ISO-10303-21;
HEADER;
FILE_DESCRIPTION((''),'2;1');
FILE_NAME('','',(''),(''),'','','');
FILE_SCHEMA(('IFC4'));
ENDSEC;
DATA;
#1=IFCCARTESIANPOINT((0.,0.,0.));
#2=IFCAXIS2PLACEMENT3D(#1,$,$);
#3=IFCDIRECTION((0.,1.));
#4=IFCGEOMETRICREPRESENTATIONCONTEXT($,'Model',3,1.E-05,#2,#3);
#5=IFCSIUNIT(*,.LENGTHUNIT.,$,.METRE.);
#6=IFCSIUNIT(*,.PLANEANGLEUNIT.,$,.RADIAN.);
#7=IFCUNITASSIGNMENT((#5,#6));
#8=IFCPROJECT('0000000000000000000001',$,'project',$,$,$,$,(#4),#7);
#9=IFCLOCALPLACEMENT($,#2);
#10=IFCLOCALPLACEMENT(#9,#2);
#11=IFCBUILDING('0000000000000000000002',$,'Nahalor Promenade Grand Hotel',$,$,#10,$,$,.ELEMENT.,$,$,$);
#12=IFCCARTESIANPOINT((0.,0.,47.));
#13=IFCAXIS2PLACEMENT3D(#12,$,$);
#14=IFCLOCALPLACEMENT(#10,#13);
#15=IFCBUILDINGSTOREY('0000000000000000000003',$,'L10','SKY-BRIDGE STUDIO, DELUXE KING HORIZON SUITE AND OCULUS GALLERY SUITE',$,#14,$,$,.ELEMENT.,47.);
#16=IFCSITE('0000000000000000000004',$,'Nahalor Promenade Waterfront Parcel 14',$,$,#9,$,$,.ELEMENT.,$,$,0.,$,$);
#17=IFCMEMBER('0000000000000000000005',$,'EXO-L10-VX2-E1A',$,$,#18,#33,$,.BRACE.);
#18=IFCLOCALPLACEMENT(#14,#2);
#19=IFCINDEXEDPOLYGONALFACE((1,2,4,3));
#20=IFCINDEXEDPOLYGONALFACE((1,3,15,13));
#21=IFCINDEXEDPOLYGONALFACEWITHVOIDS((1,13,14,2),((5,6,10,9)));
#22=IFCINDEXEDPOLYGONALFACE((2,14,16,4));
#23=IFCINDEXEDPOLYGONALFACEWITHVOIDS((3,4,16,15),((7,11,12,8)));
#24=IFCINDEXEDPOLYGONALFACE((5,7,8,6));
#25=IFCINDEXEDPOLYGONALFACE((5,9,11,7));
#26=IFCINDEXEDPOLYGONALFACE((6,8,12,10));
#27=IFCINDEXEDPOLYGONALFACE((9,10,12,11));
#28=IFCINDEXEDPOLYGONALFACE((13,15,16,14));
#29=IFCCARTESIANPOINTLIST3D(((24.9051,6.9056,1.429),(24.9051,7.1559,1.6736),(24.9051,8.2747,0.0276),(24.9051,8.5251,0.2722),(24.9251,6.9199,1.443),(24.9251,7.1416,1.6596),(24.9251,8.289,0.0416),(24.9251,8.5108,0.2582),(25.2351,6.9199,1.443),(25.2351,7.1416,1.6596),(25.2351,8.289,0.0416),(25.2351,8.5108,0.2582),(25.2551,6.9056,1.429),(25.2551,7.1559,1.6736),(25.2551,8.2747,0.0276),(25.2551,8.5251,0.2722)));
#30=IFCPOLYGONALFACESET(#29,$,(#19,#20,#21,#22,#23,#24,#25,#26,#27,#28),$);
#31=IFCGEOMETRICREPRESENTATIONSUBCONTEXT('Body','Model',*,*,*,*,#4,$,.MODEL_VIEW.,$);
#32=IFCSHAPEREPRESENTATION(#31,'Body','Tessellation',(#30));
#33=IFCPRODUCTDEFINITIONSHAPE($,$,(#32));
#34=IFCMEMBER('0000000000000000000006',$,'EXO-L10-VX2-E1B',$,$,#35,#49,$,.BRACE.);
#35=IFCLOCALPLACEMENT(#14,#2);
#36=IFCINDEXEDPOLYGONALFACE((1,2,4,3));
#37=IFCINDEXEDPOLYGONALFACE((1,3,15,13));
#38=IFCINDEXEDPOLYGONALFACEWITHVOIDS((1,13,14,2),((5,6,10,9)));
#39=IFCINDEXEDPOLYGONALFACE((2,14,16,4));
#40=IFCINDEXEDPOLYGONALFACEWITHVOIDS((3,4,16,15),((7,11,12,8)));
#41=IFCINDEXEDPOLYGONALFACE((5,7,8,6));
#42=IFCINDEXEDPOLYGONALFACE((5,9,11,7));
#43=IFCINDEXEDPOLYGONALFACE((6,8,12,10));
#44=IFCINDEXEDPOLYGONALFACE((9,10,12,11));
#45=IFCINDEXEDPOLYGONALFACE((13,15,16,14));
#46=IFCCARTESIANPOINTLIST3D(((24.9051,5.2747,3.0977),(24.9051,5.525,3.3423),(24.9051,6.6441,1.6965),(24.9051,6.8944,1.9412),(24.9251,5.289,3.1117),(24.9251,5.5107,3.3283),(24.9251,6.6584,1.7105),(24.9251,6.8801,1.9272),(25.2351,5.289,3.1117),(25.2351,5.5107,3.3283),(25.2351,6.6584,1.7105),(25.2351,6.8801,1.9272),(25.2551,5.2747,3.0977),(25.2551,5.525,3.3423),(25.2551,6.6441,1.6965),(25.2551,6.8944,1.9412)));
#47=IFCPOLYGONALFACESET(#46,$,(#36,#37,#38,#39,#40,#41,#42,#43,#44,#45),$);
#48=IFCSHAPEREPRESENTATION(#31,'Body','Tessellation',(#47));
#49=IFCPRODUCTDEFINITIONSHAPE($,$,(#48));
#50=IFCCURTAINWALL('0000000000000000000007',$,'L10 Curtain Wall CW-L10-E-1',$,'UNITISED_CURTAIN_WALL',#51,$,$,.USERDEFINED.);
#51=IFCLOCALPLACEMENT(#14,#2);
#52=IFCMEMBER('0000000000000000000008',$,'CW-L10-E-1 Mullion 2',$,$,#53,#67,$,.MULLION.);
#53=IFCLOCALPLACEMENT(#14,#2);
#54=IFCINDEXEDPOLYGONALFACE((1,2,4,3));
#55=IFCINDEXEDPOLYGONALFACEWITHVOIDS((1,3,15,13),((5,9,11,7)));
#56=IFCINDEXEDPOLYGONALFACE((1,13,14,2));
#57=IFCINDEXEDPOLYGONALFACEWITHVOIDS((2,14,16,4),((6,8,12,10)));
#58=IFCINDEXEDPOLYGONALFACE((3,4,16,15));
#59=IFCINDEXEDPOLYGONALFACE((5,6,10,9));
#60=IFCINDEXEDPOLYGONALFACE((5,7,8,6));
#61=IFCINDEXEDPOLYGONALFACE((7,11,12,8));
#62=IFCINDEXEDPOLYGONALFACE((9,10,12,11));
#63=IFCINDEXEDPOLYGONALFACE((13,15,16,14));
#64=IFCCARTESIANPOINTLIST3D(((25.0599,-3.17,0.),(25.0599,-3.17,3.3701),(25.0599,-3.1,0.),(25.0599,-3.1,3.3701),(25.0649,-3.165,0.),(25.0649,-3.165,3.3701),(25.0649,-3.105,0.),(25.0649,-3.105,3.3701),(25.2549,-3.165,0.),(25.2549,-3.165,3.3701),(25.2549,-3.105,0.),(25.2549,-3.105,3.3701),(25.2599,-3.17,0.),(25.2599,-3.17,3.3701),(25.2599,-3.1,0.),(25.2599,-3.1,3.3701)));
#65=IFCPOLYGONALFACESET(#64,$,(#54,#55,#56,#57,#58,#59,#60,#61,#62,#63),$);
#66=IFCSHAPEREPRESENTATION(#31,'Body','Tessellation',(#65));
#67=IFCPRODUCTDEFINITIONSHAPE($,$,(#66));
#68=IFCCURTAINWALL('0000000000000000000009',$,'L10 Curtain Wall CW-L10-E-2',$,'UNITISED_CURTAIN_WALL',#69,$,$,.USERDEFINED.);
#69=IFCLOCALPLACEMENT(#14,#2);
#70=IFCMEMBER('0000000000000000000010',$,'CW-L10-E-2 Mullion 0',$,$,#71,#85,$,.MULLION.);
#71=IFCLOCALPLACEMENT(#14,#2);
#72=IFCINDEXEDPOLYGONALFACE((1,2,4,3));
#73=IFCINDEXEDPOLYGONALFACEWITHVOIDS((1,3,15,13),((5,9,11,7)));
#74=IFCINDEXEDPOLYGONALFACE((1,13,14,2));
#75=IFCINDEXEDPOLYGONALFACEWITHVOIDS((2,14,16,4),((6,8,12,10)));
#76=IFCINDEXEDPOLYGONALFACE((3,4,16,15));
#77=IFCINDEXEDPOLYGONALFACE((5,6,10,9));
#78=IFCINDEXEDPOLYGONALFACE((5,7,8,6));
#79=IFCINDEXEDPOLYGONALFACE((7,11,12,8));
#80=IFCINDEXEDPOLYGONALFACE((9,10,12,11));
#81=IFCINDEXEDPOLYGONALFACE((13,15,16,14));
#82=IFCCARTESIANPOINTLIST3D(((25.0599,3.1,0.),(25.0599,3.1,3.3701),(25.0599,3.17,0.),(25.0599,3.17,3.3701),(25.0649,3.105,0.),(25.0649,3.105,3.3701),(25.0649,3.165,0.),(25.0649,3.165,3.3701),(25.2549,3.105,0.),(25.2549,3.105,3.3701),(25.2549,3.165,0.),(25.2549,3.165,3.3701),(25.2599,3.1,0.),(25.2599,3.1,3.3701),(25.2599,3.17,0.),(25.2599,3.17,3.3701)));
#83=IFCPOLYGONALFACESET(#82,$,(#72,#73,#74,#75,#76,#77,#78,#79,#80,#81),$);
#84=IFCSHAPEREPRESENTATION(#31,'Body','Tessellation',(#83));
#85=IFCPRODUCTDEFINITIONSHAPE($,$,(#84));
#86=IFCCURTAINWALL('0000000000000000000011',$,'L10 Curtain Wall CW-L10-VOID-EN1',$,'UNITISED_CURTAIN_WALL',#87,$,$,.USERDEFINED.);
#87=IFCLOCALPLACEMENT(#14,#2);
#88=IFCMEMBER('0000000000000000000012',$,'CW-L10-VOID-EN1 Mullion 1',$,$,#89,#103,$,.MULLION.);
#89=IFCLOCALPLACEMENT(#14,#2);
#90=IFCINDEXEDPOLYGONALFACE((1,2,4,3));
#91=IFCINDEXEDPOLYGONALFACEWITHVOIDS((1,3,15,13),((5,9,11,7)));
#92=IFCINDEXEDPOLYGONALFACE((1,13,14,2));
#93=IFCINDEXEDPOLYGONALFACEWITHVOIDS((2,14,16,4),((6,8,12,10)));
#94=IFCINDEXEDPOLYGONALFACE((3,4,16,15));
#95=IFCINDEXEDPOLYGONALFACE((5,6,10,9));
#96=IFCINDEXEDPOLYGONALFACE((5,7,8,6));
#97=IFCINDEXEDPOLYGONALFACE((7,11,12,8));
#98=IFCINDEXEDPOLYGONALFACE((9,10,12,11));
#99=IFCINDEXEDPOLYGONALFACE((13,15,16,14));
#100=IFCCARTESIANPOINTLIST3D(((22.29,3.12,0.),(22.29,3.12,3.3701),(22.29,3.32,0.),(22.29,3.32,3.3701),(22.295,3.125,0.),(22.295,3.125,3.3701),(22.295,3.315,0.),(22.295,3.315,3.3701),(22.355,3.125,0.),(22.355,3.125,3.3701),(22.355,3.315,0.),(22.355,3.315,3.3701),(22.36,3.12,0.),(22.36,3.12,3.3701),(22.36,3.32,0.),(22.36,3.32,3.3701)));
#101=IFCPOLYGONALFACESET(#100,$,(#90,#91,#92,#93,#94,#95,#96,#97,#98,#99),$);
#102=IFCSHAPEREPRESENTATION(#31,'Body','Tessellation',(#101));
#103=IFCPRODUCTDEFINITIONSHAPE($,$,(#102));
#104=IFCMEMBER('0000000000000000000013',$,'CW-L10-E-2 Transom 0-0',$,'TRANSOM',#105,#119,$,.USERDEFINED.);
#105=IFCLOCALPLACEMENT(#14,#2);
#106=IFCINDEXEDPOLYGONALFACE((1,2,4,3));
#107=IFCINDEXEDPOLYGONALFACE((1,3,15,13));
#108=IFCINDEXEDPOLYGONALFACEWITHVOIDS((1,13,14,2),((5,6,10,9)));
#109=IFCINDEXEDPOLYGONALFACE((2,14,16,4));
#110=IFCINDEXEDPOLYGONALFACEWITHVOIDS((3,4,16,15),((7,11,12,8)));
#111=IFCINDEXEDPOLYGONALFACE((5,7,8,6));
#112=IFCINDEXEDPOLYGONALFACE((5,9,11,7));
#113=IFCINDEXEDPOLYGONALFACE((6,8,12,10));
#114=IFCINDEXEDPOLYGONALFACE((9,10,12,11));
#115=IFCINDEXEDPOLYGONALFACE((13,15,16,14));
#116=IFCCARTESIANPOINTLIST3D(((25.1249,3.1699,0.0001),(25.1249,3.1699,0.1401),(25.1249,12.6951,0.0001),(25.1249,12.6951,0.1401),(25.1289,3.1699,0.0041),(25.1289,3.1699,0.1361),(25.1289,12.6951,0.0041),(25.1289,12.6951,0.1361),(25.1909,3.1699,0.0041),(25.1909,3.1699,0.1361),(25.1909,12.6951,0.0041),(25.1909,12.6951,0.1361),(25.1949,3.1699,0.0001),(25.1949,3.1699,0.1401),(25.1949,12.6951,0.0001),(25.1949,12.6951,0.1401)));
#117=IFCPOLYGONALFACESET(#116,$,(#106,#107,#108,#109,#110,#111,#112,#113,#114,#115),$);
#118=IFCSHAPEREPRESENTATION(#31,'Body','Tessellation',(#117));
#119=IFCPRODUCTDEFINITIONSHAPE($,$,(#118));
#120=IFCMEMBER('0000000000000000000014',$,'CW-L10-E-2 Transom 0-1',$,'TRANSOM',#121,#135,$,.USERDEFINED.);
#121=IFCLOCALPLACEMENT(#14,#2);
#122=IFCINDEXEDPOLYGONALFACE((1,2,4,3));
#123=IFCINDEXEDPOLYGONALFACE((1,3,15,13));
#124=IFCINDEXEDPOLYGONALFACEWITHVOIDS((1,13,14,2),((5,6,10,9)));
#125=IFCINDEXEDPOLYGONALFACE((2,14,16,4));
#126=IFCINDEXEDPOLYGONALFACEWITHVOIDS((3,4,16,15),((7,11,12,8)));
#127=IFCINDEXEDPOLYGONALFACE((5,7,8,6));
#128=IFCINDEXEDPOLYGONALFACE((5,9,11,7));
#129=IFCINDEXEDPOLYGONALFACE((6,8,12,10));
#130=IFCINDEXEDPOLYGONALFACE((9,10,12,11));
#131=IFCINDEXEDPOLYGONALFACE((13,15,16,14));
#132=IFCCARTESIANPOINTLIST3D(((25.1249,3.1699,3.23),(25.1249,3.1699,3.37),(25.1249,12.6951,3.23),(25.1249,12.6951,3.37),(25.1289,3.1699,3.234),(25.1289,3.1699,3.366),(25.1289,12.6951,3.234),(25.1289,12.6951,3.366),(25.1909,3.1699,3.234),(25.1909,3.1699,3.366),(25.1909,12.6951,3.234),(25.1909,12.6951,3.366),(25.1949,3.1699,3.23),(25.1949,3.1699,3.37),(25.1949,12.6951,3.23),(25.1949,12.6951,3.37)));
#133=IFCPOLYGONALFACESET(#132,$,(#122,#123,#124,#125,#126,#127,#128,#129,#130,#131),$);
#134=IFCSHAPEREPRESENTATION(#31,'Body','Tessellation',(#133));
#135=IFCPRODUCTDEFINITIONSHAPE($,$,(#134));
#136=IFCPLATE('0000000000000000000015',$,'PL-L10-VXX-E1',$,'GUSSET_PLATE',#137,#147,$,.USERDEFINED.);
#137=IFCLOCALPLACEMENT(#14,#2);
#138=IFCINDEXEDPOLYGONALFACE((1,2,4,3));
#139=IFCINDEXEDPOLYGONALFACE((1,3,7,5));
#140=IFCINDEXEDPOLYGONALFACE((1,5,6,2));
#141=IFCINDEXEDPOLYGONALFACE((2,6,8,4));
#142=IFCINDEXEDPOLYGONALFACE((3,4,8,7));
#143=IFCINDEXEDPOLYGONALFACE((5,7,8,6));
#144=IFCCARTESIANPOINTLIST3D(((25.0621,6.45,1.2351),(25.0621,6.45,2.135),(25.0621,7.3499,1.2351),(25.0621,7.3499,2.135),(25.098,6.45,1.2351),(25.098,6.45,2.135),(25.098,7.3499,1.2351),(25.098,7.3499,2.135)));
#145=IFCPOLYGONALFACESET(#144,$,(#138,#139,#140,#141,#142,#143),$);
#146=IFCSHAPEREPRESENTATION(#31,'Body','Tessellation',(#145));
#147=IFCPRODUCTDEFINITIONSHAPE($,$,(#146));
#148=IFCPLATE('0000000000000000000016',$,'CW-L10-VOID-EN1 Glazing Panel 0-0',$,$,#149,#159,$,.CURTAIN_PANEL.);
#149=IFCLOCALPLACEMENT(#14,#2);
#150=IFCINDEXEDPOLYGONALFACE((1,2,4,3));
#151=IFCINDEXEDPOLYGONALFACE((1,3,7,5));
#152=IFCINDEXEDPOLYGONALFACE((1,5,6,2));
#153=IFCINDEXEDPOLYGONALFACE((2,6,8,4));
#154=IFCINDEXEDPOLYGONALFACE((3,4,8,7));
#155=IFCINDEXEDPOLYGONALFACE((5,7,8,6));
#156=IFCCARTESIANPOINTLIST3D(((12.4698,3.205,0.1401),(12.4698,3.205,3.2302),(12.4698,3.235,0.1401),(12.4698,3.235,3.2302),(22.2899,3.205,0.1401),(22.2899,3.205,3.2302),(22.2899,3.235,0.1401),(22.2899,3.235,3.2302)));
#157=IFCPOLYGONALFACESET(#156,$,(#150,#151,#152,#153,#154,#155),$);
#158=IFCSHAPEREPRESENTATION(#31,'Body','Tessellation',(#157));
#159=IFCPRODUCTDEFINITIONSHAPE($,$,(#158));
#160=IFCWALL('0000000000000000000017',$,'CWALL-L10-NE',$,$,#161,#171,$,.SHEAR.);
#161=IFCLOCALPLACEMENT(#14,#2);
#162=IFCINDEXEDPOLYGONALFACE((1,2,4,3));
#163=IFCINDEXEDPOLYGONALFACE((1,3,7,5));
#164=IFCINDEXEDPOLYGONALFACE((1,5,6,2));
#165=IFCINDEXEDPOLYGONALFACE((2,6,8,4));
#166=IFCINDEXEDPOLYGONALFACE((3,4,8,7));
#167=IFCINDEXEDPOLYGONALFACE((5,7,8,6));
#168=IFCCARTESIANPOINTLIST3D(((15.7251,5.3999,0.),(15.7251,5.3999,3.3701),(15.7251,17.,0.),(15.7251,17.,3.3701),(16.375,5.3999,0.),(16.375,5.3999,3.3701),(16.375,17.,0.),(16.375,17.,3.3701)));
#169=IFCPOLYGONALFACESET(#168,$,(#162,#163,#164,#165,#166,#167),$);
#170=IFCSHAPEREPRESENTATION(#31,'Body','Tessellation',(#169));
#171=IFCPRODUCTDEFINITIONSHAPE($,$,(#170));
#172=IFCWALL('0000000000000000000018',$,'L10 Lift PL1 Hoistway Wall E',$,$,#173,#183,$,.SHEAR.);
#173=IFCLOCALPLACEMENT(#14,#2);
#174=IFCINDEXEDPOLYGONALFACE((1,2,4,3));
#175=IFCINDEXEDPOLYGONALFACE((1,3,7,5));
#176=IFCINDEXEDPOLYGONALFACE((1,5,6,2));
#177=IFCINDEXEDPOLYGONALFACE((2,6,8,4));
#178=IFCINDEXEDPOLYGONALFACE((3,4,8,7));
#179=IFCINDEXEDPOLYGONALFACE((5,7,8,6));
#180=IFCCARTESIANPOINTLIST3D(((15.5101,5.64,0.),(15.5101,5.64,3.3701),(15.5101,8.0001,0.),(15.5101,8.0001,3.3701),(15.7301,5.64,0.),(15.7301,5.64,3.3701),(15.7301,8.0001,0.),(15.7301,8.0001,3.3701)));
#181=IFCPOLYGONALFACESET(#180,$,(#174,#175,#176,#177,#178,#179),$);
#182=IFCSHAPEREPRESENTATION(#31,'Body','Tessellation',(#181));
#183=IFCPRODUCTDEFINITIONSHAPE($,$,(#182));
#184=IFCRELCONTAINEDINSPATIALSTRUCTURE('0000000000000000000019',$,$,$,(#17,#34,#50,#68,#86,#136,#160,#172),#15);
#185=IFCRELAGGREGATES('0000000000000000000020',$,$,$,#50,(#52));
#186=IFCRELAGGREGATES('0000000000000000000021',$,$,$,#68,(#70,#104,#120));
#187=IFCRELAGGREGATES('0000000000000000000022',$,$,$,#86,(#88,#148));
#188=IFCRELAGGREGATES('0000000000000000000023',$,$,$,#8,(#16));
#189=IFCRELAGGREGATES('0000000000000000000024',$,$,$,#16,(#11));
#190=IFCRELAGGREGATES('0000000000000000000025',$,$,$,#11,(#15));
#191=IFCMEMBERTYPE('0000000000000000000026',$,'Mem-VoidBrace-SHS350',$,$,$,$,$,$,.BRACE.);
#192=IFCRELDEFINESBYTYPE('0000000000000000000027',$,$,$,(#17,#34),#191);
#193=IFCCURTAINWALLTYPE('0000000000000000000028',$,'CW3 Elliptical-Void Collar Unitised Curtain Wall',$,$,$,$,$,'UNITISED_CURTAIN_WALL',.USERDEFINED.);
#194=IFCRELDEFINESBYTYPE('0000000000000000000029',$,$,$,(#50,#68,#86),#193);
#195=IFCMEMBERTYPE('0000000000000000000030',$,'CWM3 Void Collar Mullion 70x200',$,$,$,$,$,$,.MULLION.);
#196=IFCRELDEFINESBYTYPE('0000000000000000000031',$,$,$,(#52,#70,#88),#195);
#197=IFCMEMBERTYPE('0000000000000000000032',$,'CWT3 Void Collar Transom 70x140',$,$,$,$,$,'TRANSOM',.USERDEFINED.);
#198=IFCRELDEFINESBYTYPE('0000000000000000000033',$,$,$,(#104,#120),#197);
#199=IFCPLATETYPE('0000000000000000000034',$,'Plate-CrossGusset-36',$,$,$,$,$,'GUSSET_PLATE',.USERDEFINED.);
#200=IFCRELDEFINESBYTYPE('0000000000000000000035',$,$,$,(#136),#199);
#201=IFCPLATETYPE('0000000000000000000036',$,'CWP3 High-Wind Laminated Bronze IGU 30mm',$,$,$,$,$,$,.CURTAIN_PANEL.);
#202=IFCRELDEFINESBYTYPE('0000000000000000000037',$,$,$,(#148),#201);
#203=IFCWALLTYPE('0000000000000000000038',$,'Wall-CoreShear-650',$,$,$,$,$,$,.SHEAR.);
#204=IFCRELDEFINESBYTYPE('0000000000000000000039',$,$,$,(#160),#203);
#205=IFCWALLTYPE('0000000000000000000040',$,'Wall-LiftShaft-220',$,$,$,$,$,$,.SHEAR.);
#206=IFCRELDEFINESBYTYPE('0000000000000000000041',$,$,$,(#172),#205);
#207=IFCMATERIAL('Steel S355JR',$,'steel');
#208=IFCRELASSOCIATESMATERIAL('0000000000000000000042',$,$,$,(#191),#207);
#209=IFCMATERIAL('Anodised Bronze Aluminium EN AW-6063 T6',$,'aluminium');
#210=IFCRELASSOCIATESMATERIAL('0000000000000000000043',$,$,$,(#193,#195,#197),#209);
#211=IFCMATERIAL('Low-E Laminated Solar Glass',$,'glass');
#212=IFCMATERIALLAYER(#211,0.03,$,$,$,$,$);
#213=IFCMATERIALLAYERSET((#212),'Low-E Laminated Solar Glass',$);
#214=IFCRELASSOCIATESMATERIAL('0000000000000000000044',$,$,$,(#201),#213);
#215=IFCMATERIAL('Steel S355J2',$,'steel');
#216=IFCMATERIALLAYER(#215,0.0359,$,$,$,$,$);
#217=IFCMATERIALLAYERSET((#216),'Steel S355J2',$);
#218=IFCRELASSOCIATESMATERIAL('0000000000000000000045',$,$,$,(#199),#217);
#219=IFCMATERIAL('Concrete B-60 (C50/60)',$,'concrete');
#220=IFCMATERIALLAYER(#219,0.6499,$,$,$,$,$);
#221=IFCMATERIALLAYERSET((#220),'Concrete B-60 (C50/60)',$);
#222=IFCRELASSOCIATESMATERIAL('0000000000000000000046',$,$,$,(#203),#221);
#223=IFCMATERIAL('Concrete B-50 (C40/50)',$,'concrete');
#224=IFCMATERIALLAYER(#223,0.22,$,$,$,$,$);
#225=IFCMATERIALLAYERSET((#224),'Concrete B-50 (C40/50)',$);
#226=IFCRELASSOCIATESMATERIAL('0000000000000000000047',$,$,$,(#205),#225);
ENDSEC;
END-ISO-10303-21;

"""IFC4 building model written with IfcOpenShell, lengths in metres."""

from ifc_helpers import new_model, si_unit, direction, frame, frame_2d, origin, origin_2d, place, context, subcontext, project, spatial, rectangle, hollow_rectangle, extrude, source, transform, mapped, material, layer, layer_set, material_profile, profile_set, type_object, element, aggregate, save


model = new_model("IFC4")

# Units and contexts
model_context = context("Model", 3, precision=1e-05, world=origin(), true_north=direction((0.0, 1.0)))
body_context = subcontext(model_context, "Body", "Model", "MODEL_VIEW")
ifc_project = project(units=[si_unit("LENGTHUNIT", "METRE"), si_unit("PLANEANGLEUNIT", "RADIAN")], contexts=[model_context])

# Site, building, storey
site_placement = place(None, origin())
site = spatial("IfcSite", under=ifc_project, at=site_placement, Name="Nahalor Promenade Waterfront Parcel 14", CompositionType="ELEMENT", RefElevation=0.0)
building_placement = place(site_placement, origin())
building = spatial("IfcBuilding", under=site, at=building_placement, Name="Nahalor Promenade Grand Hotel", CompositionType="ELEMENT")
storey_placement = place(building_placement, frame((0.0, 0.0, 47.0)))
storey = spatial("IfcBuildingStorey", under=building, at=storey_placement, Name="L10", Description="SKY-BRIDGE STUDIO, DELUXE KING HORIZON SUITE AND OCULUS GALLERY SUITE", CompositionType="ELEMENT", Elevation=47.0)

# Shared definitions
ifc_material_1 = material(Name="Steel S355J2", Category="steel")

# Shared definitions
ifc_material_2 = material(Name="Steel S355JR", Category="steel")

# Members
ifc_material_profile_1 = material_profile(ifc_material_2, hollow_rectangle(XDim=0.35, YDim=0.35, WallThickness=0.02, at=origin_2d()), Name="SHS 350x350x20")
ifc_profile_set_1 = profile_set([ifc_material_profile_1], Name="Steel S355JR")
member_type_1 = type_object("IfcMemberType", Name="Mem-VoidBrace-SHS350", PredefinedType="BRACE", material=ifc_profile_set_1)
shared_shape_1 = source(origin(), body_context, "Body", "SweptSolid", [
    extrude(hollow_rectangle(XDim=0.35, YDim=0.35, WallThickness=0.02, at=origin_2d()), origin(), (0.0, 0.0, 1.0), 1.9592),
])
for number, where, z_axis, x_axis, name in (
    (1, (25.0801, 8.3999, 0.1499), (0.0, -0.698834, 0.715283), (1.0, 0.0, 0.0), "EXO-L10-VX2-E1A"),
    (2, (25.0801, 6.7693, 1.8188), (0.0, -0.69896, 0.71516), (1.0, 0.0, 0.0), "EXO-L10-VX2-E1B"),
):
    element("IfcMember", number, at=place(storey_placement, frame(where, z_axis=z_axis, x_axis=x_axis)), inside=storey, type_object=member_type_1, Name=name, PredefinedType="BRACE", context=body_context, shape_type="MappedRepresentation", body=[
        mapped(shared_shape_1, transform((0.0, 0.0, 0.0), scale=1.0)),
    ])

# Curtain walls, members
ifc_material_3 = material(Name="Anodised Bronze Aluminium EN AW-6063 T6", Category="aluminium")
curtain_wall_type = type_object("IfcCurtainWallType", Name="CW3 Elliptical-Void Collar Unitised Curtain Wall", ElementType="UNITISED_CURTAIN_WALL", PredefinedType="USERDEFINED", material=ifc_material_3)
curtain_wall_1_placement = place(storey_placement, origin())
curtain_wall_1 = element("IfcCurtainWall", 3, at=curtain_wall_1_placement, inside=storey, type_object=curtain_wall_type, Name="L10 Curtain Wall CW-L10-E-1", ObjectType="UNITISED_CURTAIN_WALL", PredefinedType="USERDEFINED")
ifc_material_profile_2 = material_profile(ifc_material_3, hollow_rectangle(XDim=0.07, YDim=0.2, WallThickness=0.005, at=origin_2d()), Name="CWM 70x200x5")
ifc_profile_set_2 = profile_set([ifc_material_profile_2], Name="Anodised Bronze Aluminium EN AW-6063 T6")
member_type_2 = type_object("IfcMemberType", Name="CWM3 Void Collar Mullion 70x200", PredefinedType="MULLION", material=ifc_profile_set_2)
shared_shape_2 = source(origin(), body_context, "Body", "SweptSolid", [
    extrude(hollow_rectangle(XDim=0.07, YDim=0.2, WallThickness=0.005, at=origin_2d()), origin(), (0.0, 0.0, 1.0), 3.3701),
])
member_1_placement = place(storey_placement, frame((25.1599, -3.135, 0.0), z_axis=(0.0, 0.0, 1.0), x_axis=(0.0, 1.0, 0.0)))
member_1 = element("IfcMember", 4, at=member_1_placement, type_object=member_type_2, Name="CW-L10-E-1 Mullion 2", PredefinedType="MULLION", context=body_context, shape_type="MappedRepresentation", body=[
    mapped(shared_shape_2, transform((0.0, 0.0, 0.0), scale=1.0)),
])
aggregate(curtain_wall_1, [member_1])
curtain_wall_2_placement = place(storey_placement, origin())
curtain_wall_2 = element("IfcCurtainWall", 5, at=curtain_wall_2_placement, inside=storey, type_object=curtain_wall_type, Name="L10 Curtain Wall CW-L10-E-2", ObjectType="UNITISED_CURTAIN_WALL", PredefinedType="USERDEFINED")
member_2_placement = place(storey_placement, frame((25.1599, 3.135, 0.0), z_axis=(0.0, 0.0, 1.0), x_axis=(0.0, 1.0, 0.0)))
member_2 = element("IfcMember", 6, at=member_2_placement, type_object=member_type_2, Name="CW-L10-E-2 Mullion 0", PredefinedType="MULLION", context=body_context, shape_type="MappedRepresentation", body=[
    mapped(shared_shape_2, transform((0.0, 0.0, 0.0), scale=1.0)),
])
curtain_wall_3_placement = place(storey_placement, origin())
curtain_wall_3 = element("IfcCurtainWall", 7, at=curtain_wall_3_placement, inside=storey, type_object=curtain_wall_type, Name="L10 Curtain Wall CW-L10-VOID-EN1", ObjectType="UNITISED_CURTAIN_WALL", PredefinedType="USERDEFINED")
member_3_placement = place(storey_placement, frame((22.325, 3.22, 0.0), z_axis=(0.0, 0.0, 1.0), x_axis=(1.0, 0.0, 0.0)))
member_3 = element("IfcMember", 8, at=member_3_placement, type_object=member_type_2, Name="CW-L10-VOID-EN1 Mullion 1", PredefinedType="MULLION", context=body_context, shape_type="MappedRepresentation", body=[
    mapped(shared_shape_2, transform((0.0, 0.0, 0.0), scale=1.0)),
])

# Members
ifc_material_profile_3 = material_profile(ifc_material_3, hollow_rectangle(XDim=0.07, YDim=0.14, WallThickness=0.004, at=origin_2d()), Name="CWT 70x140x4")
ifc_profile_set_3 = profile_set([ifc_material_profile_3], Name="Anodised Bronze Aluminium EN AW-6063 T6")
member_type_3 = type_object("IfcMemberType", Name="CWT3 Void Collar Transom 70x140", ElementType="TRANSOM", PredefinedType="USERDEFINED", material=ifc_profile_set_3)
shared_shape_3 = source(origin(), body_context, "Body", "SweptSolid", [
    extrude(hollow_rectangle(XDim=0.07, YDim=0.14, WallThickness=0.004, at=origin_2d()), origin(), (0.0, 0.0, 1.0), 9.5251),
])
member_4_placement = place(storey_placement, frame((25.1599, 3.1699, 0.0701), z_axis=(0.0, 1.0, 0.0), x_axis=(-1.0, 0.0, 0.0)))
member_4 = element("IfcMember", 9, at=member_4_placement, type_object=member_type_3, Name="CW-L10-E-2 Transom 0-0", ObjectType="TRANSOM", PredefinedType="USERDEFINED", context=body_context, shape_type="MappedRepresentation", body=[
    mapped(shared_shape_3, transform((0.0, 0.0, 0.0), scale=1.0)),
])
member_5_placement = place(storey_placement, frame((25.1599, 3.1699, 3.3), z_axis=(0.0, 1.0, 0.0), x_axis=(-1.0, 0.0, 0.0)))
member_5 = element("IfcMember", 10, at=member_5_placement, type_object=member_type_3, Name="CW-L10-E-2 Transom 0-1", ObjectType="TRANSOM", PredefinedType="USERDEFINED", context=body_context, shape_type="MappedRepresentation", body=[
    mapped(shared_shape_3, transform((0.0, 0.0, 0.0), scale=1.0)),
])

# Plates
ifc_material_4 = material(Name="Low-E Laminated Solar Glass", Category="glass")
ifc_layer_1 = layer(ifc_material_4, 0.03)
ifc_layer_set_1 = layer_set([ifc_layer_1], Name="Low-E Laminated Solar Glass")
plate_type_1 = type_object("IfcPlateType", Name="CWP3 High-Wind Laminated Bronze IGU 30mm", PredefinedType="CURTAIN_PANEL", material=ifc_layer_set_1)
aggregate(curtain_wall_2, [member_2, member_4, member_5])
ifc_layer_2 = layer(ifc_material_1, 0.0359)
ifc_layer_set_2 = layer_set([ifc_layer_2], Name="Steel S355J2")
plate_type_2 = type_object("IfcPlateType", Name="Plate-CrossGusset-36", ElementType="GUSSET_PLATE", PredefinedType="USERDEFINED", material=ifc_layer_set_2)
shared_shape_4 = source(origin(), body_context, "Body", "SweptSolid", [
    extrude(rectangle(XDim=0.8999, YDim=0.0359, at=origin_2d()), origin(), (0.0, 0.0, 1.0), 0.8999),
])
plate_1_placement = place(storey_placement, frame((25.0801, 6.8999, 1.2351), z_axis=(0.0, 0.0, 1.0), x_axis=(0.0, 1.0, 0.0)))
element("IfcPlate", 11, at=plate_1_placement, inside=storey, type_object=plate_type_2, Name="PL-L10-VXX-E1", ObjectType="GUSSET_PLATE", PredefinedType="USERDEFINED", context=body_context, shape_type="MappedRepresentation", body=[
    mapped(shared_shape_4, transform((0.0, 0.0, 0.0), scale=1.0)),
])
shared_shape_5 = source(origin(), body_context, "Body", "SweptSolid", [
    extrude(rectangle(XDim=9.8201, YDim=0.03, at=origin_2d()), origin(), (0.0, 0.0, 1.0), 3.0901),
])
plate_2_placement = place(storey_placement, frame((17.3799, 3.22, 0.1401), z_axis=(0.0, 0.0, 1.0), x_axis=(1.0, 0.0, 0.0)))
plate_2 = element("IfcPlate", 12, at=plate_2_placement, type_object=plate_type_1, Name="CW-L10-VOID-EN1 Glazing Panel 0-0", PredefinedType="CURTAIN_PANEL", context=body_context, shape_type="MappedRepresentation", body=[
    mapped(shared_shape_5, transform((0.0, 0.0, 0.0), scale=1.0)),
])
aggregate(curtain_wall_3, [member_3, plate_2])

# Walls
ifc_material_5 = material(Name="Concrete B-60 (C50/60)", Category="concrete")
ifc_layer_3 = layer(ifc_material_5, 0.6499)
ifc_layer_set_3 = layer_set([ifc_layer_3], Name="Concrete B-60 (C50/60)")
wall_type_1 = type_object("IfcWallType", Name="Wall-CoreShear-650", PredefinedType="SHEAR", material=ifc_layer_set_3)
shared_shape_6 = source(origin(), body_context, "Body", "SweptSolid", [
    extrude(rectangle(XDim=11.6001, YDim=0.6499, at=frame_2d((5.8, 0.0))), origin(), (0.0, 0.0, 1.0), 3.3701),
])
wall_1_placement = place(storey_placement, frame((16.05, 5.3999, 0.0), z_axis=(0.0, 0.0, 1.0), x_axis=(0.0, 1.0, 0.0)))
element("IfcWall", 13, at=wall_1_placement, inside=storey, type_object=wall_type_1, Name="CWALL-L10-NE", PredefinedType="SHEAR", context=body_context, shape_type="MappedRepresentation", body=[
    mapped(shared_shape_6, transform((0.0, 0.0, 0.0), scale=1.0)),
])
ifc_material_6 = material(Name="Concrete B-50 (C40/50)", Category="concrete")
ifc_layer_4 = layer(ifc_material_6, 0.22)
ifc_layer_set_4 = layer_set([ifc_layer_4], Name="Concrete B-50 (C40/50)")
wall_type_2 = type_object("IfcWallType", Name="Wall-LiftShaft-220", PredefinedType="SHEAR", material=ifc_layer_set_4)
shared_shape_7 = source(origin(), body_context, "Body", "SweptSolid", [
    extrude(rectangle(XDim=2.3601, YDim=0.22, at=frame_2d((1.1802, 0.0))), origin(), (0.0, 0.0, 1.0), 3.3701),
])
wall_2_placement = place(storey_placement, frame((15.6201, 5.6399, 0.0), z_axis=(0.0, 0.0, 1.0), x_axis=(0.0, 1.0, 0.0)))
element("IfcWall", 14, at=wall_2_placement, inside=storey, type_object=wall_type_2, Name="L10 Lift PL1 Hoistway Wall E", PredefinedType="SHEAR", context=body_context, shape_type="MappedRepresentation", body=[
    mapped(shared_shape_7, transform((0.0, 0.0, 0.0), scale=1.0)),
])

save(model, "model.ifc")
